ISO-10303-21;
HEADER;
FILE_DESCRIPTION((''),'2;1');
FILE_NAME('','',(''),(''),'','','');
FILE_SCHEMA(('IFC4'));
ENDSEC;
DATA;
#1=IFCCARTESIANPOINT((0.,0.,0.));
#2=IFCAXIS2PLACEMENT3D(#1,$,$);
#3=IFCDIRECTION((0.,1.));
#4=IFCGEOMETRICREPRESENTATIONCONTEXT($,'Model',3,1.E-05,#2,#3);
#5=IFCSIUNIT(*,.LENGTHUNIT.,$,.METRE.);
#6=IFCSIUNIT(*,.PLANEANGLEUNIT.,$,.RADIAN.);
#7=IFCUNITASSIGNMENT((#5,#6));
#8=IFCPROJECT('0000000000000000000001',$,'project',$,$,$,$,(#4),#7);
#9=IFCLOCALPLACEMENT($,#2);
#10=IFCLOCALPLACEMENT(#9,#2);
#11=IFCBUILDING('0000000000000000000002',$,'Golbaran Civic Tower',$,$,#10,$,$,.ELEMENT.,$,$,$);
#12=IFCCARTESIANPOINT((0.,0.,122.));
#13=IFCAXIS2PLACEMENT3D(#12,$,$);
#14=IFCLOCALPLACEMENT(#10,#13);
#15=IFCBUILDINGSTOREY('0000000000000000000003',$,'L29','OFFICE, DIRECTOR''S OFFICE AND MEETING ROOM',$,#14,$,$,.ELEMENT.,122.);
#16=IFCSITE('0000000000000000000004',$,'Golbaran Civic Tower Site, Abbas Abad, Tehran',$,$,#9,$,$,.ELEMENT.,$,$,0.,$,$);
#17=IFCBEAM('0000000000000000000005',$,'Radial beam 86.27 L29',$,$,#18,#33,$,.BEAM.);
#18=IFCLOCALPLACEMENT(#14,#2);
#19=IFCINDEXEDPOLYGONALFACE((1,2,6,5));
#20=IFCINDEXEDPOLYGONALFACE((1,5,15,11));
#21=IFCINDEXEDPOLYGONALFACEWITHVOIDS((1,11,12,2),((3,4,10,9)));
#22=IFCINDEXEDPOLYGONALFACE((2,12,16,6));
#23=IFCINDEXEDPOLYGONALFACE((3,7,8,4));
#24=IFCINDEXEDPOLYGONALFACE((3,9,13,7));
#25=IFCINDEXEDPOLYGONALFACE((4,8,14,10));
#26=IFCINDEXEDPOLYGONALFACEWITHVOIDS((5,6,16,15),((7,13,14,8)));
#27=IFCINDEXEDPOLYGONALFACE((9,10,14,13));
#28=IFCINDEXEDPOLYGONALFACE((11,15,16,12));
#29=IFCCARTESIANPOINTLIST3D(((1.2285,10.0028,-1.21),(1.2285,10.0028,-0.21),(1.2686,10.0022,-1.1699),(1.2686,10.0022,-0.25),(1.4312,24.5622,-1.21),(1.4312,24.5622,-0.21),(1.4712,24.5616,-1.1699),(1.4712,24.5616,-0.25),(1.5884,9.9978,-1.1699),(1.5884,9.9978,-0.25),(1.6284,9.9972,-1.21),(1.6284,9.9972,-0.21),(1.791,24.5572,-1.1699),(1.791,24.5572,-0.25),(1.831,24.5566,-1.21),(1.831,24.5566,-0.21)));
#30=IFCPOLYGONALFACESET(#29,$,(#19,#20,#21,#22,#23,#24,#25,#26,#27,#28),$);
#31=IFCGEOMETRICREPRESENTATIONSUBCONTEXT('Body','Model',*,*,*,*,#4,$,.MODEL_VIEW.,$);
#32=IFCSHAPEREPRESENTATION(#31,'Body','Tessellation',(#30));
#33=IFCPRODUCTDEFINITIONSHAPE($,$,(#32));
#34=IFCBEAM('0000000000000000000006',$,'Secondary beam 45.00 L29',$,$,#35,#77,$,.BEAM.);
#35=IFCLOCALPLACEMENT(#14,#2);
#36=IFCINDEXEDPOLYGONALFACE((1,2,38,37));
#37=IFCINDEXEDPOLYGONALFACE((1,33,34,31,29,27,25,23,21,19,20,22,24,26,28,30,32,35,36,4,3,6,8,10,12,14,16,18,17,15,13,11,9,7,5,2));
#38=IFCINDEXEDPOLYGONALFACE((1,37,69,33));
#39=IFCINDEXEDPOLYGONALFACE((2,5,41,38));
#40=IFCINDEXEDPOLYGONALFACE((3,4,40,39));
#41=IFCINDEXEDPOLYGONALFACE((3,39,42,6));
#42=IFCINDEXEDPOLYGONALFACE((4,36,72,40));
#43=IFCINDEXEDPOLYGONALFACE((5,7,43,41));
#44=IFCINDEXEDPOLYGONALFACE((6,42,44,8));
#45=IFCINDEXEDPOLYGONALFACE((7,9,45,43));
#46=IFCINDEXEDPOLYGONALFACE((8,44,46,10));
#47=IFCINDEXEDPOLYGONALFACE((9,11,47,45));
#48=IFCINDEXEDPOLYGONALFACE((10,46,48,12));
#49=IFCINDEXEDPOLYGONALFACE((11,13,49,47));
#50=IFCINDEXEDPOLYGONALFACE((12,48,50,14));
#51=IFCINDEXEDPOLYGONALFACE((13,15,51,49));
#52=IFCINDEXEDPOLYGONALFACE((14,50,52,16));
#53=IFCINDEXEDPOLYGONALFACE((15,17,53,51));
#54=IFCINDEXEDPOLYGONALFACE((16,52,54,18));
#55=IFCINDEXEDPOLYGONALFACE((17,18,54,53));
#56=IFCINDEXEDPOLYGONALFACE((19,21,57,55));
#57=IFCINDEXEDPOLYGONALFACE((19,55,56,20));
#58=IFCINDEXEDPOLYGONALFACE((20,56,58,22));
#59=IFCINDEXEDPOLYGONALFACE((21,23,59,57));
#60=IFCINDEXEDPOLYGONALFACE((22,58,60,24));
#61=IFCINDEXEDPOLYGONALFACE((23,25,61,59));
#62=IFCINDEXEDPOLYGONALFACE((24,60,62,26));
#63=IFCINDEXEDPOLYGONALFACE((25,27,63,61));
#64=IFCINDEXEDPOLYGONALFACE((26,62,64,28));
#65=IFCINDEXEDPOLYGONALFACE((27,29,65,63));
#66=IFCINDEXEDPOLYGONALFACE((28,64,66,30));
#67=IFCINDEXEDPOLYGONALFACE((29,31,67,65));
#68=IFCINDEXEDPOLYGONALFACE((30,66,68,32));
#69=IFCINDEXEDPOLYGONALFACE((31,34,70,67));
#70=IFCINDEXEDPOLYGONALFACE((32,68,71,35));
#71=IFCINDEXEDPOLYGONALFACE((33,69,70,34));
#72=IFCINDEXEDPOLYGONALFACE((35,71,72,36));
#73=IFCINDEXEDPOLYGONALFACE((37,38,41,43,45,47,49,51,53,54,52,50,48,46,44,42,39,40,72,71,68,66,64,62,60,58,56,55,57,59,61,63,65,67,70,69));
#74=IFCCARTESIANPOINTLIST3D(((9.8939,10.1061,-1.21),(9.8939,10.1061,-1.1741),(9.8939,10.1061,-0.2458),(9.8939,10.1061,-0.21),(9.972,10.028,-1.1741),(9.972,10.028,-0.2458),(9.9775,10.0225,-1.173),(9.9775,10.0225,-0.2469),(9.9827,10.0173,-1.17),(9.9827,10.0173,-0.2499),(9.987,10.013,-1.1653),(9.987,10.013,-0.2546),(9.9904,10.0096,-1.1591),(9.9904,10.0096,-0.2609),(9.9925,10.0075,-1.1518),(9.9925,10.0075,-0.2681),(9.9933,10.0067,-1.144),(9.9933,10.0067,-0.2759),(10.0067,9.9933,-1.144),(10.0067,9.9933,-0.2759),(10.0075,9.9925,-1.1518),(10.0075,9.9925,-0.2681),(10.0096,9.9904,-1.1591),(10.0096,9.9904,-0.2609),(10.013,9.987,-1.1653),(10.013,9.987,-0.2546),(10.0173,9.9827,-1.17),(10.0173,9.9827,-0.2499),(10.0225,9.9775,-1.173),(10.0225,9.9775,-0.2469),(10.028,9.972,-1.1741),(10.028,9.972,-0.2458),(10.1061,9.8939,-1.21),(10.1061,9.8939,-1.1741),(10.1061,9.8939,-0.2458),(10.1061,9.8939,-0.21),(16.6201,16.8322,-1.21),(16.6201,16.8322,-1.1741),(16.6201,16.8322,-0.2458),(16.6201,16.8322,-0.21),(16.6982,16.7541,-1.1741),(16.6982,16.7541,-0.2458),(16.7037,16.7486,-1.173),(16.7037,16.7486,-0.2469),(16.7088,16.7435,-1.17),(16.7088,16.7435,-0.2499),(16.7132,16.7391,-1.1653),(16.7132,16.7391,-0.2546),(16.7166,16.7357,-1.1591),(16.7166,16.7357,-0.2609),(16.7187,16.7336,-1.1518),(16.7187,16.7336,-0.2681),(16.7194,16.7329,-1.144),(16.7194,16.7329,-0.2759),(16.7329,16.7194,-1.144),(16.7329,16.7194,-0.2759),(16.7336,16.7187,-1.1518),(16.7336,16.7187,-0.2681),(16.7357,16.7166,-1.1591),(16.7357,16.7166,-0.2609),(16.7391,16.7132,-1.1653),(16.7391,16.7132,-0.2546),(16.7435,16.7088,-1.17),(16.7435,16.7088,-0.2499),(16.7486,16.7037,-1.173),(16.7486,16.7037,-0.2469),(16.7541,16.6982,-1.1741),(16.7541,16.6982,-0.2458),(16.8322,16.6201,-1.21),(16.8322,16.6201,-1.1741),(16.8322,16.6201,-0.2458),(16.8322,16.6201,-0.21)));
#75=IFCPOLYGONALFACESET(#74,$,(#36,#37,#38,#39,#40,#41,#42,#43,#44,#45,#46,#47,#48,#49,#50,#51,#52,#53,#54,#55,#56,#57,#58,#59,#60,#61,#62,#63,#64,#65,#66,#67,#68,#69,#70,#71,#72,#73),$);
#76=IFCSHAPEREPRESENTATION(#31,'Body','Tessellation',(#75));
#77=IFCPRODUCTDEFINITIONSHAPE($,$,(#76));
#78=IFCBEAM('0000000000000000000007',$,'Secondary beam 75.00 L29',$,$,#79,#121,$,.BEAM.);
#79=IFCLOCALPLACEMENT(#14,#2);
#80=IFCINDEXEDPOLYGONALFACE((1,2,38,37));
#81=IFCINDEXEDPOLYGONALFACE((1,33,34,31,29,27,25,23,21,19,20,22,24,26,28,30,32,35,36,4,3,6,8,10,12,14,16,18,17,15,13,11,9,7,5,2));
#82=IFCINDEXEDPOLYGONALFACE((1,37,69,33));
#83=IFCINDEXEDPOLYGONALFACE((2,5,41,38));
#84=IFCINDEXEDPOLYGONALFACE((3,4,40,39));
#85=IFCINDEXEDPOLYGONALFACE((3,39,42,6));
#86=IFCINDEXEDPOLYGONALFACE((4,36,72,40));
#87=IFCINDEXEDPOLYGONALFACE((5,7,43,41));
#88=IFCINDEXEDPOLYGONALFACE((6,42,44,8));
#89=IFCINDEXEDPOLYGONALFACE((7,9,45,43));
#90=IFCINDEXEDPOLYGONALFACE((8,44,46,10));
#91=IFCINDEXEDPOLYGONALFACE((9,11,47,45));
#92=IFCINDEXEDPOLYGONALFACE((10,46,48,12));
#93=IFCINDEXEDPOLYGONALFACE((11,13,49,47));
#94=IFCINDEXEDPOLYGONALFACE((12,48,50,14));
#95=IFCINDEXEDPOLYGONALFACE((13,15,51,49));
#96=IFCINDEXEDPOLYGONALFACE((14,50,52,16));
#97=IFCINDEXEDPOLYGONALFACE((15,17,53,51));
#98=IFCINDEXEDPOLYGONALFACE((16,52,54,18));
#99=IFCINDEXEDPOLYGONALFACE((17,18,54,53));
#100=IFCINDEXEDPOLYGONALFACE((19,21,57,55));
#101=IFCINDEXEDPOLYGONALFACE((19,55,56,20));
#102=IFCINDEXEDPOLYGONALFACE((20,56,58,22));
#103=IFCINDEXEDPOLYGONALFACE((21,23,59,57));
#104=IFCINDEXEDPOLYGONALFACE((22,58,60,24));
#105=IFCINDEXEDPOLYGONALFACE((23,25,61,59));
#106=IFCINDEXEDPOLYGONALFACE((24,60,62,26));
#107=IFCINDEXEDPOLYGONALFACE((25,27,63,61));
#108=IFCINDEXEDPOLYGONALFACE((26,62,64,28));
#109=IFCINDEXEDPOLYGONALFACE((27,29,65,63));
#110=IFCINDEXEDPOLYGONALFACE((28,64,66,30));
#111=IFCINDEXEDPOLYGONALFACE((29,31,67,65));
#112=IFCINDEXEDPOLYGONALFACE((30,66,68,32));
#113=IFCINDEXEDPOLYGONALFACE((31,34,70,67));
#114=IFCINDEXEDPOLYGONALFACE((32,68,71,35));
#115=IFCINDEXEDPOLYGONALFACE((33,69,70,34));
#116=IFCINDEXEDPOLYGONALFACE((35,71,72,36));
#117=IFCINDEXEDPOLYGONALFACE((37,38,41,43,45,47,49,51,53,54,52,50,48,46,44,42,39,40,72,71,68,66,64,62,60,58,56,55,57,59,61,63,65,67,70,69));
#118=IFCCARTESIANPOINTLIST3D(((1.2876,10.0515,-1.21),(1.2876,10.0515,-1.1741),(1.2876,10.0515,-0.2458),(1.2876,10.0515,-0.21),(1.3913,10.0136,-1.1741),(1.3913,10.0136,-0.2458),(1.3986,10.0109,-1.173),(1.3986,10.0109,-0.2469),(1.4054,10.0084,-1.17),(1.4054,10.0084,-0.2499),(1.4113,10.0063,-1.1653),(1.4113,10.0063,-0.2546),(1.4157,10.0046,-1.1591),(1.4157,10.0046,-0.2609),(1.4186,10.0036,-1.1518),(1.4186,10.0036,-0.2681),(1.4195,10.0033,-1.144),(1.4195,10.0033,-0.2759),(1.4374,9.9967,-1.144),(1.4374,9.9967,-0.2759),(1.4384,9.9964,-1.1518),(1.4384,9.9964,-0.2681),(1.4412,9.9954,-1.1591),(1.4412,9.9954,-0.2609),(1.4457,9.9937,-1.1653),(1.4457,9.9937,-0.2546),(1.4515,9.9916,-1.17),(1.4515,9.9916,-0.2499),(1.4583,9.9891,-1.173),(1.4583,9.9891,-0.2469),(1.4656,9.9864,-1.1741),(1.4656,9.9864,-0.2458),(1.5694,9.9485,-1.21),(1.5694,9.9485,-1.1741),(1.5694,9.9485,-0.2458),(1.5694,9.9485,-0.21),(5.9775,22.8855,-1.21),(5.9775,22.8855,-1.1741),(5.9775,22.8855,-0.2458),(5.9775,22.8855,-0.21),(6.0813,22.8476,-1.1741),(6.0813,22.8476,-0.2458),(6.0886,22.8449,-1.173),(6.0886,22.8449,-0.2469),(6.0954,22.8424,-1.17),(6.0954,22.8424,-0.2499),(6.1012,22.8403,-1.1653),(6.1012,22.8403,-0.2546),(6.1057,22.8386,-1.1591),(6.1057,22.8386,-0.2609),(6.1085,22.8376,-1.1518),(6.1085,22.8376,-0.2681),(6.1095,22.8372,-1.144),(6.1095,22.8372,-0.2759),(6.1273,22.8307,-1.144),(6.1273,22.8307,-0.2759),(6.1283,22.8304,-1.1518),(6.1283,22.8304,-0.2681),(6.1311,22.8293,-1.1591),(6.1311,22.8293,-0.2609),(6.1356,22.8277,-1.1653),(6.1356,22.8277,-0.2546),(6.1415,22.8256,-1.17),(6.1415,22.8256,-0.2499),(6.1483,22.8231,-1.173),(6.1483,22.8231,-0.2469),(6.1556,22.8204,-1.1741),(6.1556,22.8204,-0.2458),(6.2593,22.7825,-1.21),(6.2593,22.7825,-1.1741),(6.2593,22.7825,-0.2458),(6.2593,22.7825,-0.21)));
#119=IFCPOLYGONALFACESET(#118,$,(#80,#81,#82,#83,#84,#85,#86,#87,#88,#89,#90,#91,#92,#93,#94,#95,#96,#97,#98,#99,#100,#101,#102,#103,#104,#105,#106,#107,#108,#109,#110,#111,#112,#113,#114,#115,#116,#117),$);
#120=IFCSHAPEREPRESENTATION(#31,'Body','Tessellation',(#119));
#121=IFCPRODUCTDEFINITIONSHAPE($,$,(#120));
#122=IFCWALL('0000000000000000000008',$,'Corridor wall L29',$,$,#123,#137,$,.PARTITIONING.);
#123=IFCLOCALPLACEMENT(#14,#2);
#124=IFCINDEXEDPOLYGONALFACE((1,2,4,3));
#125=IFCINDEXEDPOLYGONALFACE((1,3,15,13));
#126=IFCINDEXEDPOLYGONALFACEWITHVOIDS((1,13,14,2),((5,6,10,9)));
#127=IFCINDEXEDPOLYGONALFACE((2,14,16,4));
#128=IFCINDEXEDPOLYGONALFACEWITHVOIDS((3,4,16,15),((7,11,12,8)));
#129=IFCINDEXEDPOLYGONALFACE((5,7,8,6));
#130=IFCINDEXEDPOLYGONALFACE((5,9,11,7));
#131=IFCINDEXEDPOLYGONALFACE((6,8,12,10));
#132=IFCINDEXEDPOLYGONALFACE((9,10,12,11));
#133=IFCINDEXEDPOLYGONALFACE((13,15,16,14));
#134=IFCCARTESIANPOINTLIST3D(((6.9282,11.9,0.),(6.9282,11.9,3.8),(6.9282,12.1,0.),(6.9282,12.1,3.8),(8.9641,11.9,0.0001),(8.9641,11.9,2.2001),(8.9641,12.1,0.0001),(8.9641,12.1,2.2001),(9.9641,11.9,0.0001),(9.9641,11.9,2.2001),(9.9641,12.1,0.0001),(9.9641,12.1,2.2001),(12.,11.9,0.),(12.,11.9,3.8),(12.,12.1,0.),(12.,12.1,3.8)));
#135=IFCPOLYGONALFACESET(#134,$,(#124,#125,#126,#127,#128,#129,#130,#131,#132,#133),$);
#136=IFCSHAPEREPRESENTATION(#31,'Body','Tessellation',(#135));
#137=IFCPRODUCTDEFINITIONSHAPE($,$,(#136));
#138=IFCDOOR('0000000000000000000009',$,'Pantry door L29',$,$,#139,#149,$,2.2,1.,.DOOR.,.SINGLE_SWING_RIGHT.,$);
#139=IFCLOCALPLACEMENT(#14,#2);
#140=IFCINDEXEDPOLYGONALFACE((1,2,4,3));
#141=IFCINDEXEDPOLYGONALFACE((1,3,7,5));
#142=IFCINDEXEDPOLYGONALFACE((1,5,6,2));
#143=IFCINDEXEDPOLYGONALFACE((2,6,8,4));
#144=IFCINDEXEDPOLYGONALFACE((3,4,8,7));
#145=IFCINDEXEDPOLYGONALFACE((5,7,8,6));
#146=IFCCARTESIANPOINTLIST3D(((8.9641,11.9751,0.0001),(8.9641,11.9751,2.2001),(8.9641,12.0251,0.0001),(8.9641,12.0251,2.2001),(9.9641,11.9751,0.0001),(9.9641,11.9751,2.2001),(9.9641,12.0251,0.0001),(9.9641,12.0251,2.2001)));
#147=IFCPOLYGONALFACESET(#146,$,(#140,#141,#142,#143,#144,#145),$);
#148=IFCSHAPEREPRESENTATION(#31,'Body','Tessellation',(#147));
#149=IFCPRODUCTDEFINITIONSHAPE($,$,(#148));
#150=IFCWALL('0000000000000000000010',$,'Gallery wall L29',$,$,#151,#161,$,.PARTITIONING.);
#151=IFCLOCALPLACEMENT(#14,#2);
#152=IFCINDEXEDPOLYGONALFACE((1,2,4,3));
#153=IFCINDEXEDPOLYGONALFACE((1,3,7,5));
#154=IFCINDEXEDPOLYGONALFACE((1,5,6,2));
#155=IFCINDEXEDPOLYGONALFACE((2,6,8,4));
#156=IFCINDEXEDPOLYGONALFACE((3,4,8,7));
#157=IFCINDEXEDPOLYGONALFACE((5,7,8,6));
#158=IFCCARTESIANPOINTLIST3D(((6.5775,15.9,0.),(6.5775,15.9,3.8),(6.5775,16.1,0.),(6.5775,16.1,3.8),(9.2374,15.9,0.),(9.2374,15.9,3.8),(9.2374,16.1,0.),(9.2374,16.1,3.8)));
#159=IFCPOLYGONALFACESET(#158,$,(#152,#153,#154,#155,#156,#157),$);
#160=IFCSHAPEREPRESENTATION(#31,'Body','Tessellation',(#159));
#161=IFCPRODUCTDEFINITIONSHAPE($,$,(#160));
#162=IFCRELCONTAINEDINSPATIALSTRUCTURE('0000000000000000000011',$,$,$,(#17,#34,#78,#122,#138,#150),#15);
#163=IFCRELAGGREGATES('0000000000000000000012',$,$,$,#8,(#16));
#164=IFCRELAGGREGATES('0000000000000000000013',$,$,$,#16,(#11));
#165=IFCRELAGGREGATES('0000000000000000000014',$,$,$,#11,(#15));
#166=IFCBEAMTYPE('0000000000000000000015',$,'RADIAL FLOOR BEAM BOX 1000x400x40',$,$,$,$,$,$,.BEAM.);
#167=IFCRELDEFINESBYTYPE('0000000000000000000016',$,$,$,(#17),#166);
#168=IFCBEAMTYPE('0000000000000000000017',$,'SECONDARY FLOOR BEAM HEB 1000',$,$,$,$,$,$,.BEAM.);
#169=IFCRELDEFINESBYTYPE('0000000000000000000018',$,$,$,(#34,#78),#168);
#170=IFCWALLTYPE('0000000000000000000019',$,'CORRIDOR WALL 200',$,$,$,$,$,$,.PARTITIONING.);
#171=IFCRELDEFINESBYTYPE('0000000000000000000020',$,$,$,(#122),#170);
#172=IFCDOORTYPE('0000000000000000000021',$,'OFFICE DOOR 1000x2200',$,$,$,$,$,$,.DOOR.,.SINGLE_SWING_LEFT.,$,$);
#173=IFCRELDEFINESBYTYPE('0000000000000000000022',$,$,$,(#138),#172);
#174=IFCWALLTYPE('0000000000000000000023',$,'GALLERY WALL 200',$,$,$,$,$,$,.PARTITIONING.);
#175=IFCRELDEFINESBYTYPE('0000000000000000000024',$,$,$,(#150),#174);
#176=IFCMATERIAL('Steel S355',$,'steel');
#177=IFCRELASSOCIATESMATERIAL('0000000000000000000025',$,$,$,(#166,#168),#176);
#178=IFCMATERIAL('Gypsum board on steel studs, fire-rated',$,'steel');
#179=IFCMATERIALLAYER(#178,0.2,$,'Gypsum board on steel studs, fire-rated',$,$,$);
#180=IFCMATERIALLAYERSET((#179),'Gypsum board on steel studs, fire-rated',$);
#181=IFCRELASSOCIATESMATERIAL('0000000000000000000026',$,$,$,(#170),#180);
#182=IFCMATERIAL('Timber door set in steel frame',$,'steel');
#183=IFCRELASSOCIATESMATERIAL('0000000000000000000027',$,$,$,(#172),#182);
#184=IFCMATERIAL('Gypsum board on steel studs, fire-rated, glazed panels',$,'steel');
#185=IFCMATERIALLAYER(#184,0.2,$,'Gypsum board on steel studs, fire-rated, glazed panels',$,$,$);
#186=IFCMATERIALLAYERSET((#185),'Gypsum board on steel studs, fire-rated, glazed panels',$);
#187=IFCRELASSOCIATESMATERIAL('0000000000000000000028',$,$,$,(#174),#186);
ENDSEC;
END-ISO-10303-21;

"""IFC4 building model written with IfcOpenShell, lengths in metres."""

from ifc_helpers import new_model, si_unit, direction, frame, frame_2d, origin, origin_2d, place, context, subcontext, project, spatial, rectangle, hollow_rectangle, i_section, extrude, material, layer, layer_set, material_profile, profile_set, type_object, element, fill, save


model = new_model("IFC4")

# Units and contexts
model_context = context("Model", 3, precision=1e-05, world=origin(), true_north=direction((0.0, 1.0)))
body_context = subcontext(model_context, "Body", "Model", "MODEL_VIEW")
ifc_project = project(units=[si_unit("LENGTHUNIT", "METRE"), si_unit("PLANEANGLEUNIT", "RADIAN")], contexts=[model_context])

# Site, building, storey
site_placement = place(None, origin())
site = spatial("IfcSite", under=ifc_project, at=site_placement, Name="Golbaran Civic Tower Site, Abbas Abad, Tehran", CompositionType="ELEMENT", RefElevation=0.0)
building_placement = place(site_placement, origin())
building = spatial("IfcBuilding", under=site, at=building_placement, Name="Golbaran Civic Tower", CompositionType="ELEMENT")
storey_placement = place(building_placement, frame((0.0, 0.0, 122.0)))
storey = spatial("IfcBuildingStorey", under=building, at=storey_placement, Name="L29", Description="OFFICE, DIRECTOR'S OFFICE AND MEETING ROOM", CompositionType="ELEMENT", Elevation=122.0)

# Beams
ifc_material_1 = material(Name="Steel S355", Category="steel")
ifc_material_profile_1 = material_profile(ifc_material_1, hollow_rectangle(XDim=0.3999, YDim=1.0, WallThickness=0.04, at=origin_2d()), Name="BOX 1000x400x40")
ifc_profile_set_1 = profile_set([ifc_material_profile_1], Name="Steel S355")
beam_type_1 = type_object("IfcBeamType", Name="RADIAL FLOOR BEAM BOX 1000x400x40", PredefinedType="BEAM", material=ifc_profile_set_1)
beam_1_placement = place(storey_placement, frame((1.4285, 10.0, -0.71), z_axis=(0.013917, 0.999903, 0.0), x_axis=(-0.999903, 0.013917, 0.0)))
element("IfcBeam", 1, at=beam_1_placement, inside=storey, type_object=beam_type_1, Name="Radial beam 86.27 L29", PredefinedType="BEAM", context=body_context, shape_type="SweptSolid", body=[
    extrude(hollow_rectangle(XDim=0.3999, YDim=1.0, WallThickness=0.04, at=origin_2d()), origin(), (0.0, 0.0, 1.0), 14.5608),
])
ifc_material_profile_2 = material_profile(ifc_material_1, i_section(OverallWidth=0.3, OverallDepth=1.0, WebThickness=0.019, FlangeThickness=0.0359, FilletRadius=0.03, at=origin_2d()), Name="HEB 1000")
ifc_profile_set_2 = profile_set([ifc_material_profile_2], Name="Steel S355")
beam_type_2 = type_object("IfcBeamType", Name="SECONDARY FLOOR BEAM HEB 1000", PredefinedType="BEAM", material=ifc_profile_set_2)
beam_2_placement = place(storey_placement, frame((10.0, 10.0, -0.71), z_axis=(0.707107, 0.707107, 0.0), x_axis=(-0.707107, 0.707107, 0.0)))
element("IfcBeam", 2, at=beam_2_placement, inside=storey, type_object=beam_type_2, Name="Secondary beam 45.00 L29", PredefinedType="BEAM", context=body_context, shape_type="SweptSolid", body=[
    extrude(i_section(OverallWidth=0.3, OverallDepth=1.0, WebThickness=0.019, FlangeThickness=0.0359, FilletRadius=0.03, at=origin_2d()), origin(), (0.0, 0.0, 1.0), 9.5122),
])
beam_3_placement = place(storey_placement, frame((1.4285, 10.0, -0.71), z_axis=(0.343232, 0.939251, 0.0), x_axis=(-0.939251, 0.343232, 0.0)))
element("IfcBeam", 3, at=beam_3_placement, inside=storey, type_object=beam_type_2, Name="Secondary beam 75.00 L29", PredefinedType="BEAM", context=body_context, shape_type="SweptSolid", body=[
    extrude(i_section(OverallWidth=0.3, OverallDepth=1.0, WebThickness=0.019, FlangeThickness=0.0359, FilletRadius=0.03, at=origin_2d()), origin(), (0.0, 0.0, 1.0), 13.6641),
])

# Wall, opening, door
ifc_material_2 = material(Name="Gypsum board on steel studs, fire-rated", Category="steel")
ifc_layer_1 = layer(ifc_material_2, 0.2, Name="Gypsum board on steel studs, fire-rated")
ifc_layer_set_1 = layer_set([ifc_layer_1], Name="Gypsum board on steel studs, fire-rated")
wall_type_1 = type_object("IfcWallType", Name="CORRIDOR WALL 200", PredefinedType="PARTITIONING", material=ifc_layer_set_1)
wall_1_placement = place(storey_placement, frame((12.0, 12.0, 0.0), z_axis=(0.0, 0.0, 1.0), x_axis=(-1.0, 0.0, 0.0)))
wall_1 = element("IfcWall", 4, at=wall_1_placement, inside=storey, type_object=wall_type_1, Name="Corridor wall L29", PredefinedType="PARTITIONING", context=body_context, shape_type="SweptSolid", body=[
    extrude(rectangle(XDim=5.0718, YDim=0.2, at=frame_2d((2.5359, 0.0))), origin(), (0.0, 0.0, 1.0), 3.8),
])
opening_1_placement = place(wall_1_placement, frame((2.0359, 0.0, 0.0)))
opening_1 = element("IfcOpeningElement", 5, at=opening_1_placement, cuts=wall_1, PredefinedType="OPENING", context=body_context, shape_type="SweptSolid", body=[
    extrude(rectangle(XDim=1.0, YDim=2.2, at=frame_2d((0.5, 1.1001))), frame((0.0, 0.1099, 0.0), z_axis=(0.0, -1.0, 0.0), x_axis=(1.0, 0.0, 0.0)), (0.0, 0.0, 1.0), 0.22),
])
ifc_material_3 = material(Name="Timber door set in steel frame", Category="steel")
door_type = type_object("IfcDoorType", Name="OFFICE DOOR 1000x2200", OperationType="SINGLE_SWING_LEFT", PredefinedType="DOOR", material=ifc_material_3)
door_1_placement = place(opening_1_placement, origin())
door_1 = element("IfcDoor", 6, at=door_1_placement, inside=storey, type_object=door_type, Name="Pantry door L29", OperationType="SINGLE_SWING_RIGHT", OverallHeight=2.2, OverallWidth=1.0, PredefinedType="DOOR", context=body_context, shape_type="SweptSolid", body=[
    extrude(rectangle(XDim=1.0, YDim=2.2, at=frame_2d((0.5, 1.1001))), frame((0.0, 0.0249, 0.0), z_axis=(0.0, -1.0, 0.0), x_axis=(1.0, 0.0, 0.0)), (0.0, 0.0, 1.0), 0.05),
])
fill(opening_1, door_1)

# Wall
ifc_material_4 = material(Name="Gypsum board on steel studs, fire-rated, glazed panels", Category="steel")
ifc_layer_2 = layer(ifc_material_4, 0.2, Name="Gypsum board on steel studs, fire-rated, glazed panels")
ifc_layer_set_2 = layer_set([ifc_layer_2], Name="Gypsum board on steel studs, fire-rated, glazed panels")
wall_type_2 = type_object("IfcWallType", Name="GALLERY WALL 200", PredefinedType="PARTITIONING", material=ifc_layer_set_2)
wall_2_placement = place(storey_placement, frame((9.2375, 16.0, 0.0), z_axis=(0.0, 0.0, 1.0), x_axis=(-1.0, 0.0, 0.0)))
element("IfcWall", 7, at=wall_2_placement, inside=storey, type_object=wall_type_2, Name="Gallery wall L29", PredefinedType="PARTITIONING", context=body_context, shape_type="SweptSolid", body=[
    extrude(rectangle(XDim=2.6599, YDim=0.2, at=frame_2d((1.3301, 0.0))), origin(), (0.0, 0.0, 1.0), 3.8),
])

save(model, "model.ifc")
